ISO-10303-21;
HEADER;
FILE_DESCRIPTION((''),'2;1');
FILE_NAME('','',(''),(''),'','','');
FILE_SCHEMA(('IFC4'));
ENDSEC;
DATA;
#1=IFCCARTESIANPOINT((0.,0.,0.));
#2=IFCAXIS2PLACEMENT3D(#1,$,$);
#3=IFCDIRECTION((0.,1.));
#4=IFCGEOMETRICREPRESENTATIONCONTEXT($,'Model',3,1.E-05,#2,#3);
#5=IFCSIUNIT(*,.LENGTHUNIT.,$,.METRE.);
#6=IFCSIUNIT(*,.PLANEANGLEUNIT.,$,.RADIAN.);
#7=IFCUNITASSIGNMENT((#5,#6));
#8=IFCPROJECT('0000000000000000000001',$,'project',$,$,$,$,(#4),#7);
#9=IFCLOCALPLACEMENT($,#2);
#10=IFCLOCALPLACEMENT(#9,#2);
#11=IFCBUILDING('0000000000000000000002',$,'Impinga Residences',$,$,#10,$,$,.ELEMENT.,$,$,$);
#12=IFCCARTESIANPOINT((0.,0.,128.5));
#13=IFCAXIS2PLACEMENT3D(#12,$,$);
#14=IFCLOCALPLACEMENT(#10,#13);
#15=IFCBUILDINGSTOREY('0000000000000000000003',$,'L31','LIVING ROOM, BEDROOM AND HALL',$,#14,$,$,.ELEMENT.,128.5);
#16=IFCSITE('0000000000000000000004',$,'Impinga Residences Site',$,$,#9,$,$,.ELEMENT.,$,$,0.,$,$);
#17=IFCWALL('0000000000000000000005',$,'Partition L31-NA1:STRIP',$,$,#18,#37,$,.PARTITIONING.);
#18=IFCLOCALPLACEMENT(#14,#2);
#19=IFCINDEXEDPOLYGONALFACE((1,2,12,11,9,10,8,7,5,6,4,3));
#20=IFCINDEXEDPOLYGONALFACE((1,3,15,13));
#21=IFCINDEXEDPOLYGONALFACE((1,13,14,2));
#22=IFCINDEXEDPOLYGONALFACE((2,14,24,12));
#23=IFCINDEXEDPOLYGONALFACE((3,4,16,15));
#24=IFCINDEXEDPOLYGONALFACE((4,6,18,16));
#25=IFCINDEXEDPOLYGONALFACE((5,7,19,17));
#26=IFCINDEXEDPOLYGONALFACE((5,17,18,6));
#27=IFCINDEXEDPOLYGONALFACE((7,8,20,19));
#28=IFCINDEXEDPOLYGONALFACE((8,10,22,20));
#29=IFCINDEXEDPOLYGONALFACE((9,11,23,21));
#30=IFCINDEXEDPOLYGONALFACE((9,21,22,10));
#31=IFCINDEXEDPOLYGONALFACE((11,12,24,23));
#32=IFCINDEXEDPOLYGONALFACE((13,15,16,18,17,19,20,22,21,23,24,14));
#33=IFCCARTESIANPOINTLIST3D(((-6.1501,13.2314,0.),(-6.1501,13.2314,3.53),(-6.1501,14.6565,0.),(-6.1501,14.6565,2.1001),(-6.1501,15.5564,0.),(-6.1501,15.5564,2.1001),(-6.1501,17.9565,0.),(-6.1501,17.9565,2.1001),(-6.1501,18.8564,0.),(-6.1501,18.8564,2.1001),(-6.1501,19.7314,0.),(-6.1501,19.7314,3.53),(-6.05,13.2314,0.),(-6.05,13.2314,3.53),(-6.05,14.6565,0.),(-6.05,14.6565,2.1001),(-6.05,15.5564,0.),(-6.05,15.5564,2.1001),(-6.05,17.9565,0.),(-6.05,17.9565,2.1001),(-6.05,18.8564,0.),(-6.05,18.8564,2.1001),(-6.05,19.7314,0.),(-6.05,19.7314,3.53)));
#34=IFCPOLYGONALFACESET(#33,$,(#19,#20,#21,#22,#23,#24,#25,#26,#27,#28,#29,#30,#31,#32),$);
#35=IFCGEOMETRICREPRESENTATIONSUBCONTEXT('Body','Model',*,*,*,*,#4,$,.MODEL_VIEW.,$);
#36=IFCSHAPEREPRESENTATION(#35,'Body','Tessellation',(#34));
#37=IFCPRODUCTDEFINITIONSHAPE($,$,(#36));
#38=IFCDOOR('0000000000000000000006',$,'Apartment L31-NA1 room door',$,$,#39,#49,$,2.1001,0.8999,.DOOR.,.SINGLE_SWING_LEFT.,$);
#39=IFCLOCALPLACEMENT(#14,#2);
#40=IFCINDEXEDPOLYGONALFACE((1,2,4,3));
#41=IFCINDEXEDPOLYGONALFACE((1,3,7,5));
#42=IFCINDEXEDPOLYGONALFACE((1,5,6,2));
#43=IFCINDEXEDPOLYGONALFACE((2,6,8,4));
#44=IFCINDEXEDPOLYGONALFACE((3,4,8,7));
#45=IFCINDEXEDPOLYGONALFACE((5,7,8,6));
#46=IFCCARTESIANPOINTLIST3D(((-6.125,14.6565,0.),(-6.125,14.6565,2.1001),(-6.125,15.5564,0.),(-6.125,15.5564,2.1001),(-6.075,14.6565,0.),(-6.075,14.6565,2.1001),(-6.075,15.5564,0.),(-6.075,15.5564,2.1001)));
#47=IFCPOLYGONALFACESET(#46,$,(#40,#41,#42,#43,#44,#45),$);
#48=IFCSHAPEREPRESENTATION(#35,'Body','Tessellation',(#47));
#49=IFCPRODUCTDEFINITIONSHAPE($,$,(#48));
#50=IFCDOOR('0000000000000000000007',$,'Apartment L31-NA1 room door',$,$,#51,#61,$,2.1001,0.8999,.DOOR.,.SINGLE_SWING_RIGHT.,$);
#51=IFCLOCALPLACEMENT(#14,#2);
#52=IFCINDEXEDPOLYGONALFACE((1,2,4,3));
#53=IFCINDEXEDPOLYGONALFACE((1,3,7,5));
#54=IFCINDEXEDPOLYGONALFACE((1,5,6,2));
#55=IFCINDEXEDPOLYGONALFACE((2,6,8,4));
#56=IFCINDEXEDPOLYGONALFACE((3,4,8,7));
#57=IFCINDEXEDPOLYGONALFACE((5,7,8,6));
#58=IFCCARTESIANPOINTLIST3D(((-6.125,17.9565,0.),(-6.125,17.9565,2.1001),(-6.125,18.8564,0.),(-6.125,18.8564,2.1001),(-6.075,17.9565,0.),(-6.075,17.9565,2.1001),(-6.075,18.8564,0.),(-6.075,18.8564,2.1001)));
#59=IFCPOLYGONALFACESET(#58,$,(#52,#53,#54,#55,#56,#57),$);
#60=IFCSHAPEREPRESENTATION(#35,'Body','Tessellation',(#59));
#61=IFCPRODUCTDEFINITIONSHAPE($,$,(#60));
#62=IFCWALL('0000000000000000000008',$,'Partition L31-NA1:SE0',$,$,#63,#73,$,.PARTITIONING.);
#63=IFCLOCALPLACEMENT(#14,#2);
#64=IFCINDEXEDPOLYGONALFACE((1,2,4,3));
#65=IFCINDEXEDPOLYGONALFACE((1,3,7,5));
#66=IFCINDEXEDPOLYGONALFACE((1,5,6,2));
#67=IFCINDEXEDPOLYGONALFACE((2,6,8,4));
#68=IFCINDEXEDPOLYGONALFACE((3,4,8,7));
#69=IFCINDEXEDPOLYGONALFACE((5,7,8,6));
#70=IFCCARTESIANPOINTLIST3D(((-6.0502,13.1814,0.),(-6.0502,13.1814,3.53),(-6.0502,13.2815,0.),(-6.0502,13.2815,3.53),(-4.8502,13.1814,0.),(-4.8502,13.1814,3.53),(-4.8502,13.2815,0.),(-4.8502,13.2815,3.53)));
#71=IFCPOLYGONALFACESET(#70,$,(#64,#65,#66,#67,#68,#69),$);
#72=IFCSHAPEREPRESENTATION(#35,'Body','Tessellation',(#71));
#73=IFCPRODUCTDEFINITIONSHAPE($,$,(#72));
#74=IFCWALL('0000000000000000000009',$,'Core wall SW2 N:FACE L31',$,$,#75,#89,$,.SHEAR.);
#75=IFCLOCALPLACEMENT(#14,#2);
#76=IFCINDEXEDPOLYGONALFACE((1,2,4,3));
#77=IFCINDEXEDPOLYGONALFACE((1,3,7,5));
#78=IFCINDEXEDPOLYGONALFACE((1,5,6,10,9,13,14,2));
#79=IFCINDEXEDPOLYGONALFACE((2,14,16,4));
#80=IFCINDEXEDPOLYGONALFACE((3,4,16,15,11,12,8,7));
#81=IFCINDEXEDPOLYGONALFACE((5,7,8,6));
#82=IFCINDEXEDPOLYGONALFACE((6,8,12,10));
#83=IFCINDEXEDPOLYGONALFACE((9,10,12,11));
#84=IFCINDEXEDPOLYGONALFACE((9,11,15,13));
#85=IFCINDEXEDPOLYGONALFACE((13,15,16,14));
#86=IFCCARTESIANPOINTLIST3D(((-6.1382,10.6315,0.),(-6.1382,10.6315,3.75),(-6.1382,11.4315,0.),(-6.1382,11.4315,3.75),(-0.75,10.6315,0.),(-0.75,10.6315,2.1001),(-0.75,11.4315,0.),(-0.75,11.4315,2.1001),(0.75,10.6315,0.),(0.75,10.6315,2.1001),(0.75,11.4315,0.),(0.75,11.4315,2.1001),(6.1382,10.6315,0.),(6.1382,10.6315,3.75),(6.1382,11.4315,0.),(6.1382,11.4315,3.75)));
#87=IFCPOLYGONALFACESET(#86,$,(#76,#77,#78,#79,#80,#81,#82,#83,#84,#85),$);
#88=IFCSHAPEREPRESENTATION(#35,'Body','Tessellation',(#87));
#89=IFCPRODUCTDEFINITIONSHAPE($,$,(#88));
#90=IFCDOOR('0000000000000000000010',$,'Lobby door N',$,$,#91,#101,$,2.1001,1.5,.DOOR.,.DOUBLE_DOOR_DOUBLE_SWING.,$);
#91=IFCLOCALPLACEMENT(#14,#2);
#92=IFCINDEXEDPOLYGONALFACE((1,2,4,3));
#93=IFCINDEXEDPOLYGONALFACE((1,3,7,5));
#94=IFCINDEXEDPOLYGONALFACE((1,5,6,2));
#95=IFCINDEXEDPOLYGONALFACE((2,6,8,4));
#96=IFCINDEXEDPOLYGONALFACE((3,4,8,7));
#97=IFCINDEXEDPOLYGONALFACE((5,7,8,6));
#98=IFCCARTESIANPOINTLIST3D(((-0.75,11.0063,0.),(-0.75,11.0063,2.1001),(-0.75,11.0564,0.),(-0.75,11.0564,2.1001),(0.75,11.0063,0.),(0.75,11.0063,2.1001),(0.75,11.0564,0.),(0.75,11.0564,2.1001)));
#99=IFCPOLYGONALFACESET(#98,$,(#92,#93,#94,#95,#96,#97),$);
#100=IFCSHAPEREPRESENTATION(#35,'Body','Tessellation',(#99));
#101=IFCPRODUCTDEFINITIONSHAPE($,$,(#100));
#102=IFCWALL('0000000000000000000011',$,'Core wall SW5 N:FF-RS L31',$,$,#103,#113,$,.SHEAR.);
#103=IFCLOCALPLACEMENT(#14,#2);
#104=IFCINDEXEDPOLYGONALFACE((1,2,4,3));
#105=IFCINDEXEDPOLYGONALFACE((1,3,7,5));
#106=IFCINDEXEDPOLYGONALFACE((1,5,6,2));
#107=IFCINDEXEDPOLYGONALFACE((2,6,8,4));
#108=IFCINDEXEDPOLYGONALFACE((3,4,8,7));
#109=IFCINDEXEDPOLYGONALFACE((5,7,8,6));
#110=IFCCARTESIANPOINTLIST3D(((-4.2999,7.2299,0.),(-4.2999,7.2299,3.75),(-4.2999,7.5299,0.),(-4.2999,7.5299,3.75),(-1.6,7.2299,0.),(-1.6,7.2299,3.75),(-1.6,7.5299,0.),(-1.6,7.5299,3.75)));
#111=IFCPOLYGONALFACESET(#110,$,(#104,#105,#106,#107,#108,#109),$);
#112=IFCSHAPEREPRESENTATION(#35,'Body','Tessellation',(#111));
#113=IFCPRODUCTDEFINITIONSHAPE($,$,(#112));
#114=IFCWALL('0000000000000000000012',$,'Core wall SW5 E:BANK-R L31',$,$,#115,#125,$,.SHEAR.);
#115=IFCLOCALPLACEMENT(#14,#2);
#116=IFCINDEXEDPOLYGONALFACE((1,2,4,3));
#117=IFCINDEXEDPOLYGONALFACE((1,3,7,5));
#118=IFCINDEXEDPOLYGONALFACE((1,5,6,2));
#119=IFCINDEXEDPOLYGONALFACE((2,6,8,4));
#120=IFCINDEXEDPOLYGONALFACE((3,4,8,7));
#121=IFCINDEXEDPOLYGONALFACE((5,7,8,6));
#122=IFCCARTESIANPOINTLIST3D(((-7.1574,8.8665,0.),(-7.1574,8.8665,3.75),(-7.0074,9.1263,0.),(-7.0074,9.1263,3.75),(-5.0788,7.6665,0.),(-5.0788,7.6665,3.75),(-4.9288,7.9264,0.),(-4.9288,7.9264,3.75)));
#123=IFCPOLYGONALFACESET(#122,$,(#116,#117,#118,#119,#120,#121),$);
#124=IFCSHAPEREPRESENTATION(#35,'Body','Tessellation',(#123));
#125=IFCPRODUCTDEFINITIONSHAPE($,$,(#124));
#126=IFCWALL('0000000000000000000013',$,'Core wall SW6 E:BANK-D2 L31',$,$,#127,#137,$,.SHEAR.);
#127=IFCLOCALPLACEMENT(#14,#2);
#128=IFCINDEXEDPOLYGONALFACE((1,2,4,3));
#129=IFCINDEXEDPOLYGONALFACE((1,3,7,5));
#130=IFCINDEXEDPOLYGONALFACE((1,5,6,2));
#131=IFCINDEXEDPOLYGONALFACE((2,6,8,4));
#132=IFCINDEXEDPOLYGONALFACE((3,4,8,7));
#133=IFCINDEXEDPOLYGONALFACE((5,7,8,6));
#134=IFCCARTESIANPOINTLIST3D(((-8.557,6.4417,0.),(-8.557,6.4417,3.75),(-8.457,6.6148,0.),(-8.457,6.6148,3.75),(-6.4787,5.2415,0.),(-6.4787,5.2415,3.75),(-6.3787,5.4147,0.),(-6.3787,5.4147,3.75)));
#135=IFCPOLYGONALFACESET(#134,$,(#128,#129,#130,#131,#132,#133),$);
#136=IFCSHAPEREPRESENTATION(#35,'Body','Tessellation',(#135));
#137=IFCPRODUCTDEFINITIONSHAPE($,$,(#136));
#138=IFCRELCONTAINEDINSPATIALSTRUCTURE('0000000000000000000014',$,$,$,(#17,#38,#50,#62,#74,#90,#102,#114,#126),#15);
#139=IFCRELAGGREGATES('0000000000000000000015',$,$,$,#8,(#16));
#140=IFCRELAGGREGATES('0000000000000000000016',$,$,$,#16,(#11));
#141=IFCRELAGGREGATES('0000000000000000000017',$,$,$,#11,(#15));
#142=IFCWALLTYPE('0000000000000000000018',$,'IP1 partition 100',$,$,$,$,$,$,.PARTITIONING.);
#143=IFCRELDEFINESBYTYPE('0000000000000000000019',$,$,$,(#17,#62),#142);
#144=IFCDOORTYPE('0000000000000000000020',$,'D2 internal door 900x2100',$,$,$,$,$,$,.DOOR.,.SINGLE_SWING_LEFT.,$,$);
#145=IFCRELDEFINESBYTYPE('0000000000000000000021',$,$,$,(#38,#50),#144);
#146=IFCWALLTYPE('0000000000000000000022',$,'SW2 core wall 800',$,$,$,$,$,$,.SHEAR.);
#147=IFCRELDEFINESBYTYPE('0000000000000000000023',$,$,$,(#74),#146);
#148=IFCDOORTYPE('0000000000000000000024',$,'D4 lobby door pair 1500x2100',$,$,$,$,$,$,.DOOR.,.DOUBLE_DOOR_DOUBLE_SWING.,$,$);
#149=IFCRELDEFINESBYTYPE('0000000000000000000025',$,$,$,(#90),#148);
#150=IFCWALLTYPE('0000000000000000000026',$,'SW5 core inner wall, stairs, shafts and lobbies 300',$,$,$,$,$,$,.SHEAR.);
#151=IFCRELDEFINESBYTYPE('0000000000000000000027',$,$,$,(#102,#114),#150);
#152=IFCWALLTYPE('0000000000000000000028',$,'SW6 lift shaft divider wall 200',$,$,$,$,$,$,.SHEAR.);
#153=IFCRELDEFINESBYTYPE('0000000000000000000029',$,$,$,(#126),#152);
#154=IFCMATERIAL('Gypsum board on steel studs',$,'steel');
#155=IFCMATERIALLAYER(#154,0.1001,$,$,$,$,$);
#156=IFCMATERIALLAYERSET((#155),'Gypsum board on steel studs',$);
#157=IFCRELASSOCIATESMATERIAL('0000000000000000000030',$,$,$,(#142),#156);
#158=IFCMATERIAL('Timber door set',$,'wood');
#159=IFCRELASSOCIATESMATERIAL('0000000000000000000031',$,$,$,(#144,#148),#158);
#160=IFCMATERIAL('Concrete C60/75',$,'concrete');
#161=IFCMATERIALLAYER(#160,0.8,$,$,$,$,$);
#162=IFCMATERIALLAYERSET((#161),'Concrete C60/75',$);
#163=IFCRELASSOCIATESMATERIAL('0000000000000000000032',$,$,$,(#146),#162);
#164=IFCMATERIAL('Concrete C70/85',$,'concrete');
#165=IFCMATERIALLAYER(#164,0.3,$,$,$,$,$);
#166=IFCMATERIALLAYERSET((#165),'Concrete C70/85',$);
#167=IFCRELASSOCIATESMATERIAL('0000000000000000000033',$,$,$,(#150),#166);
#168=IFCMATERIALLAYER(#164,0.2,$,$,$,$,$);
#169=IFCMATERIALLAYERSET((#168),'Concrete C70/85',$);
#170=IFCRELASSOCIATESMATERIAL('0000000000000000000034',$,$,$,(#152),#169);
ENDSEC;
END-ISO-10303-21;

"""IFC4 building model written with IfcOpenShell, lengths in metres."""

from ifc_helpers import new_model, si_unit, direction, frame, frame_2d, origin, place, context, subcontext, project, spatial, rectangle, extrude, material, layer, layer_set, type_object, element, fill, save


model = new_model("IFC4")

# Units and contexts
model_context = context("Model", 3, precision=1e-05, world=origin(), true_north=direction((0.0, 1.0)))
body_context = subcontext(model_context, "Body", "Model", "MODEL_VIEW")
ifc_project = project(units=[si_unit("LENGTHUNIT", "METRE"), si_unit("PLANEANGLEUNIT", "RADIAN")], contexts=[model_context])

# Site, building, storey
site_placement = place(None, origin())
site = spatial("IfcSite", under=ifc_project, at=site_placement, Name="Impinga Residences Site", CompositionType="ELEMENT", RefElevation=0.0)
building_placement = place(site_placement, origin())
building = spatial("IfcBuilding", under=site, at=building_placement, Name="Impinga Residences", CompositionType="ELEMENT")
storey_placement = place(building_placement, frame((0.0, 0.0, 128.5)))
storey = spatial("IfcBuildingStorey", under=building, at=storey_placement, Name="L31", Description="LIVING ROOM, BEDROOM AND HALL", CompositionType="ELEMENT", Elevation=128.5)

# Shared definitions
ifc_material_1 = material(Name="Concrete C60/75", Category="concrete")

# Shared definitions
ifc_material_2 = material(Name="Timber door set", Category="wood")

# Shared definitions
ifc_material_3 = material(Name="Gypsum board on steel studs", Category="steel")
ifc_layer_1 = layer(ifc_material_3, 0.1001)
ifc_layer_set_1 = layer_set([ifc_layer_1], Name="Gypsum board on steel studs")
wall_type_1 = type_object("IfcWallType", Name="IP1 partition 100", PredefinedType="PARTITIONING", material=ifc_layer_set_1)

# Wall, openings, doors
wall_1_placement = place(storey_placement, frame((-6.1001, 13.2314, 0.0), z_axis=(0.0, 0.0, 1.0), x_axis=(0.0, 1.0, 0.0)))
wall_1 = element("IfcWall", 1, at=wall_1_placement, inside=storey, type_object=wall_type_1, Name="Partition L31-NA1:STRIP", PredefinedType="PARTITIONING", context=body_context, shape_type="SweptSolid", body=[
    extrude(rectangle(XDim=6.5, YDim=0.1001, at=frame_2d((3.25, 0.0))), origin(), (0.0, 0.0, 1.0), 3.53),
])
opening_1_placement = place(wall_1_placement, frame((1.425, 0.0, 0.0)))
opening_1 = element("IfcOpeningElement", 2, at=opening_1_placement, cuts=wall_1, PredefinedType="OPENING", context=body_context, shape_type="SweptSolid", body=[
    extrude(rectangle(XDim=0.8999, YDim=2.1001, at=frame_2d((0.45, 1.05))), frame((0.0, 0.0601, 0.0), z_axis=(0.0, -1.0, 0.0), x_axis=(1.0, 0.0, 0.0)), (0.0, 0.0, 1.0), 0.1201),
])
opening_2_placement = place(wall_1_placement, frame((4.7251, 0.0, 0.0)))
opening_2 = element("IfcOpeningElement", 3, at=opening_2_placement, cuts=wall_1, PredefinedType="OPENING", context=body_context, shape_type="SweptSolid", body=[
    extrude(rectangle(XDim=0.8999, YDim=2.1001, at=frame_2d((0.45, 1.05))), frame((0.0, 0.0601, 0.0), z_axis=(0.0, -1.0, 0.0), x_axis=(1.0, 0.0, 0.0)), (0.0, 0.0, 1.0), 0.1201),
])
door_type_1 = type_object("IfcDoorType", Name="D2 internal door 900x2100", OperationType="SINGLE_SWING_LEFT", PredefinedType="DOOR", material=ifc_material_2)
door_1_placement = place(opening_1_placement, origin())
door_1 = element("IfcDoor", 4, at=door_1_placement, inside=storey, type_object=door_type_1, Name="Apartment L31-NA1 room door", OperationType="SINGLE_SWING_LEFT", OverallHeight=2.1001, OverallWidth=0.8999, PredefinedType="DOOR", context=body_context, shape_type="SweptSolid", body=[
    extrude(rectangle(XDim=0.8999, YDim=2.1001, at=frame_2d((0.45, 1.05))), frame((0.0, 0.0249, 0.0), z_axis=(0.0, -1.0, 0.0), x_axis=(1.0, 0.0, 0.0)), (0.0, 0.0, 1.0), 0.05),
])
fill(opening_1, door_1)
door_2_placement = place(opening_2_placement, origin())
door_2 = element("IfcDoor", 5, at=door_2_placement, inside=storey, type_object=door_type_1, Name="Apartment L31-NA1 room door", OperationType="SINGLE_SWING_RIGHT", OverallHeight=2.1001, OverallWidth=0.8999, PredefinedType="DOOR", context=body_context, shape_type="SweptSolid", body=[
    extrude(rectangle(XDim=0.8999, YDim=2.1001, at=frame_2d((0.45, 1.05))), frame((0.0, 0.0249, 0.0), z_axis=(0.0, -1.0, 0.0), x_axis=(1.0, 0.0, 0.0)), (0.0, 0.0, 1.0), 0.05),
])
fill(opening_2, door_2)

# Wall
wall_2_placement = place(storey_placement, frame((-4.8501, 13.2314, 0.0), z_axis=(0.0, 0.0, 1.0), x_axis=(-1.0, 0.0, 0.0)))
element("IfcWall", 6, at=wall_2_placement, inside=storey, type_object=wall_type_1, Name="Partition L31-NA1:SE0", PredefinedType="PARTITIONING", context=body_context, shape_type="SweptSolid", body=[
    extrude(rectangle(XDim=1.2, YDim=0.1001, at=frame_2d((0.6001, 0.0))), origin(), (0.0, 0.0, 1.0), 3.53),
])

# Wall, opening, door
ifc_layer_2 = layer(ifc_material_1, 0.8)
ifc_layer_set_2 = layer_set([ifc_layer_2], Name="Concrete C60/75")
wall_type_2 = type_object("IfcWallType", Name="SW2 core wall 800", PredefinedType="SHEAR", material=ifc_layer_set_2)
wall_3_placement = place(storey_placement, frame((-6.1382, 11.0315, 0.0), z_axis=(0.0, 0.0, 1.0), x_axis=(1.0, 0.0, 0.0)))
wall_3 = element("IfcWall", 7, at=wall_3_placement, inside=storey, type_object=wall_type_2, Name="Core wall SW2 N:FACE L31", PredefinedType="SHEAR", context=body_context, shape_type="SweptSolid", body=[
    extrude(rectangle(XDim=12.2764, YDim=0.8, at=frame_2d((6.1382, 0.0))), origin(), (0.0, 0.0, 1.0), 3.75),
])
opening_3_placement = place(wall_3_placement, frame((5.3882, 0.0, 0.0)))
opening_3 = element("IfcOpeningElement", 8, at=opening_3_placement, cuts=wall_3, PredefinedType="OPENING", context=body_context, shape_type="SweptSolid", body=[
    extrude(rectangle(XDim=1.5, YDim=2.1001, at=frame_2d((0.75, 1.05))), frame((0.0, 0.4099, 0.0), z_axis=(0.0, -1.0, 0.0), x_axis=(1.0, 0.0, 0.0)), (0.0, 0.0, 1.0), 0.8201),
])
door_type_2 = type_object("IfcDoorType", Name="D4 lobby door pair 1500x2100", OperationType="DOUBLE_DOOR_DOUBLE_SWING", PredefinedType="DOOR", material=ifc_material_2)
door_3_placement = place(opening_3_placement, origin())
door_3 = element("IfcDoor", 9, at=door_3_placement, inside=storey, type_object=door_type_2, Name="Lobby door N", OperationType="DOUBLE_DOOR_DOUBLE_SWING", OverallHeight=2.1001, OverallWidth=1.5, PredefinedType="DOOR", context=body_context, shape_type="SweptSolid", body=[
    extrude(rectangle(XDim=1.5, YDim=2.1001, at=frame_2d((0.75, 1.05))), frame((0.0, 0.0249, 0.0), z_axis=(0.0, -1.0, 0.0), x_axis=(1.0, 0.0, 0.0)), (0.0, 0.0, 1.0), 0.05),
])
fill(opening_3, door_3)

# Walls
ifc_material_4 = material(Name="Concrete C70/85", Category="concrete")
ifc_layer_3 = layer(ifc_material_4, 0.3)
ifc_layer_set_3 = layer_set([ifc_layer_3], Name="Concrete C70/85")
wall_type_3 = type_object("IfcWallType", Name="SW5 core inner wall, stairs, shafts and lobbies 300", PredefinedType="SHEAR", material=ifc_layer_set_3)
wall_4_placement = place(storey_placement, frame((-4.3, 7.3799, 0.0), z_axis=(0.0, 0.0, 1.0), x_axis=(1.0, 0.0, 0.0)))
element("IfcWall", 10, at=wall_4_placement, inside=storey, type_object=wall_type_3, Name="Core wall SW5 N:FF-RS L31", PredefinedType="SHEAR", context=body_context, shape_type="SweptSolid", body=[
    extrude(rectangle(XDim=2.7, YDim=0.3, at=frame_2d((1.3501, 0.0))), origin(), (0.0, 0.0, 1.0), 3.75),
])
wall_5_placement = place(storey_placement, frame((-5.0037, 7.7964, 0.0), z_axis=(0.0, 0.0, 1.0), x_axis=(-0.86605, 0.499957, 0.0)))
element("IfcWall", 11, at=wall_5_placement, inside=storey, type_object=wall_type_3, Name="Core wall SW5 E:BANK-R L31", PredefinedType="SHEAR", context=body_context, shape_type="SweptSolid", body=[
    extrude(rectangle(XDim=2.4001, YDim=0.3, at=frame_2d((1.2002, 0.0))), origin(), (0.0, 0.0, 1.0), 3.75),
])
ifc_layer_4 = layer(ifc_material_4, 0.2)
ifc_layer_set_4 = layer_set([ifc_layer_4], Name="Concrete C70/85")
wall_type_4 = type_object("IfcWallType", Name="SW6 lift shaft divider wall 200", PredefinedType="SHEAR", material=ifc_layer_set_4)
wall_6_placement = place(storey_placement, frame((-6.4287, 5.3281, 0.0), z_axis=(0.0, 0.0, 1.0), x_axis=(-0.865981, 0.500078, 0.0)))
element("IfcWall", 12, at=wall_6_placement, inside=storey, type_object=wall_type_4, Name="Core wall SW6 E:BANK-D2 L31", PredefinedType="SHEAR", context=body_context, shape_type="SweptSolid", body=[
    extrude(rectangle(XDim=2.3999, YDim=0.2, at=frame_2d((1.2, 0.0))), origin(), (0.0, 0.0, 1.0), 3.75),
])

save(model, "model.ifc")
